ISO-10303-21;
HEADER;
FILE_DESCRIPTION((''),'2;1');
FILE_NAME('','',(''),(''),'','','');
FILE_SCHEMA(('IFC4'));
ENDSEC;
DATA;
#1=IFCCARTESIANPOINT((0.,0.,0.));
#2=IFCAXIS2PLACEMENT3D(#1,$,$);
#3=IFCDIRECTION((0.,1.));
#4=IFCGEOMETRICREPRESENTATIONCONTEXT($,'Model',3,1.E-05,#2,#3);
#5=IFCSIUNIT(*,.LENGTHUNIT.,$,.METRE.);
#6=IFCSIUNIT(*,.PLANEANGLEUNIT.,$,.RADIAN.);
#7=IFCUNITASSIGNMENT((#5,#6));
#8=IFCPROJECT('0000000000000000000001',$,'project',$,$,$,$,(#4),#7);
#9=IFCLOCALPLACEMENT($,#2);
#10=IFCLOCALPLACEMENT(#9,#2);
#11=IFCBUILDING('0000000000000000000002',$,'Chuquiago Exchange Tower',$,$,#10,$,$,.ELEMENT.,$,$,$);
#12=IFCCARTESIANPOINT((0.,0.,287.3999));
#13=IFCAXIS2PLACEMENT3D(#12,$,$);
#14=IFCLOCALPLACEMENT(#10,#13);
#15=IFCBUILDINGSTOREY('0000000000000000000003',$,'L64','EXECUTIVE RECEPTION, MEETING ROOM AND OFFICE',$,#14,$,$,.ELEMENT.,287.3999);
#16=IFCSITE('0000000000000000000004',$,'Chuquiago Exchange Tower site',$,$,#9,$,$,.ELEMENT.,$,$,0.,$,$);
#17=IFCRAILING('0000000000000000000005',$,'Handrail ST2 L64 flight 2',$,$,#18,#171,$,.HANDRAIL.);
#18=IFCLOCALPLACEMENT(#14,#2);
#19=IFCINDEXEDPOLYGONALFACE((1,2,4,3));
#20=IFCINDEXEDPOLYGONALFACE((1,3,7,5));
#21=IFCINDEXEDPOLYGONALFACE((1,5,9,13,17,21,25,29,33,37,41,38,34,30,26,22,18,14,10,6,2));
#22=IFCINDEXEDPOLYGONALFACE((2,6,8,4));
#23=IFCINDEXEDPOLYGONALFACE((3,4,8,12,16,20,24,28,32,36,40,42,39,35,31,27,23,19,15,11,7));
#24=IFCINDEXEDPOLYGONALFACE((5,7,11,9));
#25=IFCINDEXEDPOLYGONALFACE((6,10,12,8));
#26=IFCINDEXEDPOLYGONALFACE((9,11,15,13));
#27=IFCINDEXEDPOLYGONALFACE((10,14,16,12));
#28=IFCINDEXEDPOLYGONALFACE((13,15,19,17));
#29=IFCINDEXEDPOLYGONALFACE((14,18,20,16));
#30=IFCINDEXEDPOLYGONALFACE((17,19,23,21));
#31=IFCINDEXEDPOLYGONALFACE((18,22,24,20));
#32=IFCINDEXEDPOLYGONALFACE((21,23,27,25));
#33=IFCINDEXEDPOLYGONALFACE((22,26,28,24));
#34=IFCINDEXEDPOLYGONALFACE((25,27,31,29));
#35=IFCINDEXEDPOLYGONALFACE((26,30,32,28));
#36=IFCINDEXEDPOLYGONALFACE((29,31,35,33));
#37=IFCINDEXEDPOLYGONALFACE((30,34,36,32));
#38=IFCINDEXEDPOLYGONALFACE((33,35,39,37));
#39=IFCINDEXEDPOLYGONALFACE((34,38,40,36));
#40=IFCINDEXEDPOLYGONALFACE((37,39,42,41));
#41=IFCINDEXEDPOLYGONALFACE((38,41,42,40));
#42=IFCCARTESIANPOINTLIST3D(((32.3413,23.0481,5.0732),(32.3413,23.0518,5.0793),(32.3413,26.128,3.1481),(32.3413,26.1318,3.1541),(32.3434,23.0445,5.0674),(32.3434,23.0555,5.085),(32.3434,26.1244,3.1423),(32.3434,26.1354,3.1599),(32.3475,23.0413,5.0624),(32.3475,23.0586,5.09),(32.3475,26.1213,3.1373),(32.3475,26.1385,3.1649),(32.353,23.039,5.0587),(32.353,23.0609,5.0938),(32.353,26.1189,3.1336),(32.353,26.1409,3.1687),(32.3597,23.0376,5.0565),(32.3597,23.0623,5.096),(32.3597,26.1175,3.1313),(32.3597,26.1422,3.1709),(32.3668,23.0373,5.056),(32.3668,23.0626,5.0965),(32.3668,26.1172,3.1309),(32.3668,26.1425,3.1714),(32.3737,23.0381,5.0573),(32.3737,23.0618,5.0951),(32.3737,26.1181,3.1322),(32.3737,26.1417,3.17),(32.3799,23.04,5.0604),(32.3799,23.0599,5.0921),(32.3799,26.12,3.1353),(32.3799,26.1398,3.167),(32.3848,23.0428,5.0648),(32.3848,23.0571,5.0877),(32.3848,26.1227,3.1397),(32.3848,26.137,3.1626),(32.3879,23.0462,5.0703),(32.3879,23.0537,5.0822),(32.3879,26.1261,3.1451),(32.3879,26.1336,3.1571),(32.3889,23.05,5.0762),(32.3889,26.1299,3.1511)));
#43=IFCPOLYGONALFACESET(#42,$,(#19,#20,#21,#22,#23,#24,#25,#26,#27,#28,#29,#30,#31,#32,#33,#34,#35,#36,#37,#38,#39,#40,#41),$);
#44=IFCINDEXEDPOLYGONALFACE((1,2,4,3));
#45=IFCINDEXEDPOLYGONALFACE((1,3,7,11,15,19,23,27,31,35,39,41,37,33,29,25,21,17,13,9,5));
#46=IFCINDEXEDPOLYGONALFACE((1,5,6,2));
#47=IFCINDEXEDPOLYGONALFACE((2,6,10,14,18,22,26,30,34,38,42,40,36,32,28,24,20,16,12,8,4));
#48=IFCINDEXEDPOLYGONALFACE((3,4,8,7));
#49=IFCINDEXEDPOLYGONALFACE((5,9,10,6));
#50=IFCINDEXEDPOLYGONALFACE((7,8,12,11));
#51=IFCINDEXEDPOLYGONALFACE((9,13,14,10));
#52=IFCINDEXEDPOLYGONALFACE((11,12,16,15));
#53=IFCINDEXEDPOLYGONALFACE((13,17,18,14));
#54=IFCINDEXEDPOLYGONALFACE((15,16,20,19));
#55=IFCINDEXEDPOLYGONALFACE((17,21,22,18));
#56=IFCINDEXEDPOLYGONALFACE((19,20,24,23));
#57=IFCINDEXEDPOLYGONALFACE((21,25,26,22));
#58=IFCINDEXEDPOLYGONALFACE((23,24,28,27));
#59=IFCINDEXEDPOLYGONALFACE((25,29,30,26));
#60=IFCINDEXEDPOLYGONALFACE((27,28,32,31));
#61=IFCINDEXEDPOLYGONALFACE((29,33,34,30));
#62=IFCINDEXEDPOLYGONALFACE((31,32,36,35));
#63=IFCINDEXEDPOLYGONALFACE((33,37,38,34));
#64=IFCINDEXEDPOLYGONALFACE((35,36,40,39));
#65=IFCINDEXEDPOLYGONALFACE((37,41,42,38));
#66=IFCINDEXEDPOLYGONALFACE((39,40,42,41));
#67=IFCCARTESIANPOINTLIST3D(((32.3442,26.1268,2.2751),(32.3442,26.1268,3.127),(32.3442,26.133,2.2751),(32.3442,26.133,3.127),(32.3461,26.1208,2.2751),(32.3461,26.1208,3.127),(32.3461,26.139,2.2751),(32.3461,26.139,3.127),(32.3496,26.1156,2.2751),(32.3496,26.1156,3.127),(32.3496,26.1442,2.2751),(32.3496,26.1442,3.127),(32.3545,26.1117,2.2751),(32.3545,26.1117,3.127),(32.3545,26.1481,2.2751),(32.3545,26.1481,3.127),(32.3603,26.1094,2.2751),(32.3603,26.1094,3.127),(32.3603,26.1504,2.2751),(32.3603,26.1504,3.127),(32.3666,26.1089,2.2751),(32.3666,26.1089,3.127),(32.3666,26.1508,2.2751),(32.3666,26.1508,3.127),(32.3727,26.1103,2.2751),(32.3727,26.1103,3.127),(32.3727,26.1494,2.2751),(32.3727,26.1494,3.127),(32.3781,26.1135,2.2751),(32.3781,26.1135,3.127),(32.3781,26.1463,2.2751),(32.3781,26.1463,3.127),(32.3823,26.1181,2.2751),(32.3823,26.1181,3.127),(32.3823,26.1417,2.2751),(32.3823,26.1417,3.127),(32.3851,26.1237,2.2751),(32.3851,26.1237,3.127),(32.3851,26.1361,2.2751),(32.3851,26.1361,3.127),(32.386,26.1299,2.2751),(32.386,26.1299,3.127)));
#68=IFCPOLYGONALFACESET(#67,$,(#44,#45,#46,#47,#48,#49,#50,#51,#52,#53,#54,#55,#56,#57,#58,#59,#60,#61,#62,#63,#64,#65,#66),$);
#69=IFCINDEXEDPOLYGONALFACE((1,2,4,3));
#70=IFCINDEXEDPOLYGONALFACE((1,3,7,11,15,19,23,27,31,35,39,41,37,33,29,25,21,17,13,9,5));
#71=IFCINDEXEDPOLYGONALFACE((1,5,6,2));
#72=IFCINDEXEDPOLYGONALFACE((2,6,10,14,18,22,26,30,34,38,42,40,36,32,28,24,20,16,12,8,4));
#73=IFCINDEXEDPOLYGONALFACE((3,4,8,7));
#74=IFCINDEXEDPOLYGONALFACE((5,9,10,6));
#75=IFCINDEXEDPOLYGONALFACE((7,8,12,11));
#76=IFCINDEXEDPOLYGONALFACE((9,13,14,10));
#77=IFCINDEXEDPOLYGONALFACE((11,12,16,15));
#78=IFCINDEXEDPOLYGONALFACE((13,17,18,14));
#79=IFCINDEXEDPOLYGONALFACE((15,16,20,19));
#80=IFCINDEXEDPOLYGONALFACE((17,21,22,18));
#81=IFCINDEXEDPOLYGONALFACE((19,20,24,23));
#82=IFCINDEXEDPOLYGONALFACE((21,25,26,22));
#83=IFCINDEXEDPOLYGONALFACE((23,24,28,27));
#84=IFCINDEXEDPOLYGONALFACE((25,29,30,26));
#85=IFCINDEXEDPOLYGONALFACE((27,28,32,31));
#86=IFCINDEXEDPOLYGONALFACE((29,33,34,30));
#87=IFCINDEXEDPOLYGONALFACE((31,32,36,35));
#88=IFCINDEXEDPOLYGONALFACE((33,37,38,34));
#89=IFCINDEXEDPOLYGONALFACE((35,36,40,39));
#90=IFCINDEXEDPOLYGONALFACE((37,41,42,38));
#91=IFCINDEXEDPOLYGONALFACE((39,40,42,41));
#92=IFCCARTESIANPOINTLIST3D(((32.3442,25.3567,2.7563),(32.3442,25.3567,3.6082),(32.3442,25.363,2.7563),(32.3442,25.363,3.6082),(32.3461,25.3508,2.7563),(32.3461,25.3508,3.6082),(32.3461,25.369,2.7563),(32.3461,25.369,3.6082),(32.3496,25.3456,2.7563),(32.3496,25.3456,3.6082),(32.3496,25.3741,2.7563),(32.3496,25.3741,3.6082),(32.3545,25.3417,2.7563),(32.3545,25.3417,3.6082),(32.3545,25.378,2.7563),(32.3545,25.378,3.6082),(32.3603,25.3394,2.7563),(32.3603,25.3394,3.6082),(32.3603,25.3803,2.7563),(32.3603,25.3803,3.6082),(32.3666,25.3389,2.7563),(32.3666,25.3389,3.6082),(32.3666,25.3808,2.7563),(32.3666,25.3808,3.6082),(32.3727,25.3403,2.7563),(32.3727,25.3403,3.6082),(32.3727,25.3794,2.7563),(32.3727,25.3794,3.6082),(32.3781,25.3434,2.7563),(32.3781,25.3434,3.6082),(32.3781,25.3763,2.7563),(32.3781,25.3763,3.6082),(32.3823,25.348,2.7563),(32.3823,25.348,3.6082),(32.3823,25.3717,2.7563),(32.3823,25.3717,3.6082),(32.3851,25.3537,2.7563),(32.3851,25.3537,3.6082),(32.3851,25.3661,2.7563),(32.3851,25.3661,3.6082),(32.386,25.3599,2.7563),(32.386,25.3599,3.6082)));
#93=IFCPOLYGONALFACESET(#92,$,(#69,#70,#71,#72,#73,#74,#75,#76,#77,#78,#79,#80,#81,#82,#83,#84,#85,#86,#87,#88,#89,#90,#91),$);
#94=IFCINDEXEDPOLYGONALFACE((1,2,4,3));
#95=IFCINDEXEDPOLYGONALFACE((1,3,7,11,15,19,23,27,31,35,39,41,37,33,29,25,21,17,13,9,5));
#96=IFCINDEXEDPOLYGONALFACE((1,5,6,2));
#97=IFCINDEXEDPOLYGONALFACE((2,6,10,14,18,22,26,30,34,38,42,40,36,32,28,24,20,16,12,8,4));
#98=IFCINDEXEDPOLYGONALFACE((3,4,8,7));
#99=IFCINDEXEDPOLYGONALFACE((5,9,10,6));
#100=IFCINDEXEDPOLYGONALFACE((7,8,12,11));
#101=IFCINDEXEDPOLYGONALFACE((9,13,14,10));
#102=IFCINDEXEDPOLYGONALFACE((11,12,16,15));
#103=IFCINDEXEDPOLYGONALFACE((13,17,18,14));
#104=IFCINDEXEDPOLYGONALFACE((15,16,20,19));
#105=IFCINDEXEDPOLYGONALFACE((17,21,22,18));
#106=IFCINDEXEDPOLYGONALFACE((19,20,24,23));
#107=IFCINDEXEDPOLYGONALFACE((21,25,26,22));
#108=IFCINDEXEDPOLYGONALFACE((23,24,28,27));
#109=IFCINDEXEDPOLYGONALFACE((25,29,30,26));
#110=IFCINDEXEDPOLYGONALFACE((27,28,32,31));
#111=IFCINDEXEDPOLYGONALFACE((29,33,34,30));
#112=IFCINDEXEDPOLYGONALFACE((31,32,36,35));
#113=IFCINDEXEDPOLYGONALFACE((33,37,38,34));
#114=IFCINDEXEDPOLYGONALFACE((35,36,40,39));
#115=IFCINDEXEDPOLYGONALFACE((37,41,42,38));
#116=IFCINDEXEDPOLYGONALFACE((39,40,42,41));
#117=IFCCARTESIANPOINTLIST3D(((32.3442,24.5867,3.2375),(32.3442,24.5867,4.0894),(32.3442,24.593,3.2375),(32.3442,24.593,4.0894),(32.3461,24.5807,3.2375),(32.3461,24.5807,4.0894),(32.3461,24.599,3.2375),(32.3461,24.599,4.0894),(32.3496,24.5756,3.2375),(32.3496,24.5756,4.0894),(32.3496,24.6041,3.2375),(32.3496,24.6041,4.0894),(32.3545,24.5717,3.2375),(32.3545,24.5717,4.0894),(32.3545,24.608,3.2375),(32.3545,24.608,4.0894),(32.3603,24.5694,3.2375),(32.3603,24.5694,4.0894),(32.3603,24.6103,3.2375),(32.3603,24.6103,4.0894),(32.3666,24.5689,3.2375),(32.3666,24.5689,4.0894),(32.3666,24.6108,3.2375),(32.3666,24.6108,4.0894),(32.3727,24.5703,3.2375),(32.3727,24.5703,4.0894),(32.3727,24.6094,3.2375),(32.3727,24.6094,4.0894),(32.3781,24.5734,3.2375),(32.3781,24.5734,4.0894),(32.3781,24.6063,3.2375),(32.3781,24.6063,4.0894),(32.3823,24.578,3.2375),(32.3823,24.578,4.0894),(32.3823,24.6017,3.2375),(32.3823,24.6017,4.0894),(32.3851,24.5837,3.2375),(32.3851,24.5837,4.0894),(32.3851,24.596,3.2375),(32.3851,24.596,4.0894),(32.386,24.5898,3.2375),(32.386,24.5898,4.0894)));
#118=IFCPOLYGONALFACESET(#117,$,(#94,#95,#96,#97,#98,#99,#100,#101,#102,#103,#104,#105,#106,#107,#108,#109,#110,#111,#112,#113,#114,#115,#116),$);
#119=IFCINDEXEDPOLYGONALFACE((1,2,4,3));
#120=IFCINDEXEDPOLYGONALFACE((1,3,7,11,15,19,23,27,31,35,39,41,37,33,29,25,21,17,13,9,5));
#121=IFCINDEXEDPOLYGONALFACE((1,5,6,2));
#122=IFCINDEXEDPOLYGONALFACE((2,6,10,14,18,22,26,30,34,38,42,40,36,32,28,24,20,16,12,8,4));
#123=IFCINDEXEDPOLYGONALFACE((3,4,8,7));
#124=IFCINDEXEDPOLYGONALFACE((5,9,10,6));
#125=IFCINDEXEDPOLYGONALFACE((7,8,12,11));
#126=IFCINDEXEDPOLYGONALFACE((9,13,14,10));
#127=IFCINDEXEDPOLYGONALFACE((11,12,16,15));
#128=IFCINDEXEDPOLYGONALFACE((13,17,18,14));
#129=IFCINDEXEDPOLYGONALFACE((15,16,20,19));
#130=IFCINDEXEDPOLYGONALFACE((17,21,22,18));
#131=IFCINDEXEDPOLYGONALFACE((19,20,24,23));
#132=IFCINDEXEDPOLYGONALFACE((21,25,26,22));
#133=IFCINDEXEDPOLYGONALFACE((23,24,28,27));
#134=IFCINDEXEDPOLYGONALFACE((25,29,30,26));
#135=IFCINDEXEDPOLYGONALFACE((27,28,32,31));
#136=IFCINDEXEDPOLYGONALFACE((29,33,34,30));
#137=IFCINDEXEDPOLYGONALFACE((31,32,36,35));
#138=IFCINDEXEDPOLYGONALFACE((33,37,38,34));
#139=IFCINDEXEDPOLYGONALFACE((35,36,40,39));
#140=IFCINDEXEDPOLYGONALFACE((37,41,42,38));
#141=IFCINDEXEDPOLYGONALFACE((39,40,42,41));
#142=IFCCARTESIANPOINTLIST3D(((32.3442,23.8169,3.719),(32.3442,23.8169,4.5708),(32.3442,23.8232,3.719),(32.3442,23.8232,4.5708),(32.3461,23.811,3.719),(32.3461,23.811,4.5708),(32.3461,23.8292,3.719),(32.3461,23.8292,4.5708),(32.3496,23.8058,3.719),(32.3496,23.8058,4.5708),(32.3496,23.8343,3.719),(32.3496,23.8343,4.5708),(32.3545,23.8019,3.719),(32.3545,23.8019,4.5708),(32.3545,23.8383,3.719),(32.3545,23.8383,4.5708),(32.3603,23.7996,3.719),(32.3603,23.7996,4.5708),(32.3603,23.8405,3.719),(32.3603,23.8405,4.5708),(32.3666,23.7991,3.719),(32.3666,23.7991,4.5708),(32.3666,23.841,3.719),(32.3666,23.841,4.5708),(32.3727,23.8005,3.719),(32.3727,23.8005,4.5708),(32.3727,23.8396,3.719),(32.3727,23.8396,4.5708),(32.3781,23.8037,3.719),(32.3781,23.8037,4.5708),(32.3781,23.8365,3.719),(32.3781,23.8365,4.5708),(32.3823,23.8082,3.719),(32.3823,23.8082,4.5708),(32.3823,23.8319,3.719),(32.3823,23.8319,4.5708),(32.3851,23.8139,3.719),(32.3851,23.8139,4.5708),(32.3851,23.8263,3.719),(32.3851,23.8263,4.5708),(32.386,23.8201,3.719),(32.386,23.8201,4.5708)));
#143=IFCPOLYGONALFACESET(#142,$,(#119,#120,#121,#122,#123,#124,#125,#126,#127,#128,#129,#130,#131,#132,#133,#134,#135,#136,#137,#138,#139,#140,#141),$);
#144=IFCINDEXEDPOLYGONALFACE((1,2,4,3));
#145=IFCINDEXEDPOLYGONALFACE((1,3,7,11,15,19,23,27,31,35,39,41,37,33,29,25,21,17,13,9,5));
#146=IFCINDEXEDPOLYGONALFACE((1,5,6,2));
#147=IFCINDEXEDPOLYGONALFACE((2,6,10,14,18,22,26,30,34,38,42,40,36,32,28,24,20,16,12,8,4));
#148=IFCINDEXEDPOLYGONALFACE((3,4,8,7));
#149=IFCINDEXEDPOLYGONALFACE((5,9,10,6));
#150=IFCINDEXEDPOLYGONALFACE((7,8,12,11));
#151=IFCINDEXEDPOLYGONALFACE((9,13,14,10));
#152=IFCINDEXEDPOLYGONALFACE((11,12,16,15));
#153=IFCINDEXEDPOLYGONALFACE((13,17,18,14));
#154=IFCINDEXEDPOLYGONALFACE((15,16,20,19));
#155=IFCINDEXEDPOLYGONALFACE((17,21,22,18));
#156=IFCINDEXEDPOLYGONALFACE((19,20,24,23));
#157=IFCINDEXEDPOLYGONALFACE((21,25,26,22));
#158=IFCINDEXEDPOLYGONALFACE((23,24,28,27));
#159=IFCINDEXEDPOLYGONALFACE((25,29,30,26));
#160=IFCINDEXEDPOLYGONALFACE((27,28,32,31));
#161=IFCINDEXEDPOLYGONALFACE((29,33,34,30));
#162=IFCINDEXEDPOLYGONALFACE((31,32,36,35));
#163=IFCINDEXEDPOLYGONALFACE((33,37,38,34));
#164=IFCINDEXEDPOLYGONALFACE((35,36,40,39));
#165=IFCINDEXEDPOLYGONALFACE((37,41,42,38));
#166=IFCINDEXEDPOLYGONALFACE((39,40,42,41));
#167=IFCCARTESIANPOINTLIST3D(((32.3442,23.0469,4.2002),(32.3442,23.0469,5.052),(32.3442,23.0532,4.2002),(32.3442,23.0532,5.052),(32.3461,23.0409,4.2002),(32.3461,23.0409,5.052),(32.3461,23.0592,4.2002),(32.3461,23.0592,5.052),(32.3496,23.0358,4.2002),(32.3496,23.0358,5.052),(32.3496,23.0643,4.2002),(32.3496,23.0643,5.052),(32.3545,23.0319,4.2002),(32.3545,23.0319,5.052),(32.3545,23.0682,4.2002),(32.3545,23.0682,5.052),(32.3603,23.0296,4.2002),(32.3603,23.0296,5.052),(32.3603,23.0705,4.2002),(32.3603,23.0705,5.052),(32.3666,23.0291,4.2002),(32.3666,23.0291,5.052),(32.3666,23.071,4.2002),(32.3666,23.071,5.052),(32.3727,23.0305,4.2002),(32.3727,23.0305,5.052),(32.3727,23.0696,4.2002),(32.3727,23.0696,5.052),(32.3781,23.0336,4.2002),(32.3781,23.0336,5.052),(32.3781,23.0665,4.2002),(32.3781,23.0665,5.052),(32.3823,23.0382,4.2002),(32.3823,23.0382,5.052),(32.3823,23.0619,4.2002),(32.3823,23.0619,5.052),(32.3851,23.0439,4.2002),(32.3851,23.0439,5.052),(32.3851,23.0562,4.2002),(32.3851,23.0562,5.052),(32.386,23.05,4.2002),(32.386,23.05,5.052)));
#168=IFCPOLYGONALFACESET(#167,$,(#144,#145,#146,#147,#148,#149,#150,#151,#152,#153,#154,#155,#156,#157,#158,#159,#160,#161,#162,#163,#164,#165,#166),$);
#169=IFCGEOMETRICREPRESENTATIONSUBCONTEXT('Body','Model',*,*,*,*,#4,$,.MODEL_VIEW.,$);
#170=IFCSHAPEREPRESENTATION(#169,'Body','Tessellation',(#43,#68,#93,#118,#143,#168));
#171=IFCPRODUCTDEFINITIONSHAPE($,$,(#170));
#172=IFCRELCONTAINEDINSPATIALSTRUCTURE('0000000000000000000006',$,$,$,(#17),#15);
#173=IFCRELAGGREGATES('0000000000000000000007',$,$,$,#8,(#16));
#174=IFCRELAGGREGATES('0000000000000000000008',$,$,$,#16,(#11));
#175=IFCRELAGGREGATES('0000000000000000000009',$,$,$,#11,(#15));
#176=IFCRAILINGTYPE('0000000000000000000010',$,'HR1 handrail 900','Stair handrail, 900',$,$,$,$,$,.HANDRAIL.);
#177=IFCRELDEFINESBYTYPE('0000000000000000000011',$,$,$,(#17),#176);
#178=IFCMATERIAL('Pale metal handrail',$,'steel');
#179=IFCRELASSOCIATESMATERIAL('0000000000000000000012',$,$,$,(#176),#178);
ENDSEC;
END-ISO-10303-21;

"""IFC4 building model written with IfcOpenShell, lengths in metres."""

from ifc_helpers import new_model, si_unit, direction, frame, origin, origin_2d, place, context, subcontext, project, spatial, circle, extrude, material, type_object, element, save


model = new_model("IFC4")

# Units and contexts
model_context = context("Model", 3, precision=1e-05, world=origin(), true_north=direction((0.0, 1.0)))
body_context = subcontext(model_context, "Body", "Model", "MODEL_VIEW")
ifc_project = project(units=[si_unit("LENGTHUNIT", "METRE"), si_unit("PLANEANGLEUNIT", "RADIAN")], contexts=[model_context])

# Site, building, storey
site_placement = place(None, origin())
site = spatial("IfcSite", under=ifc_project, at=site_placement, Name="Chuquiago Exchange Tower site", CompositionType="ELEMENT", RefElevation=0.0)
building_placement = place(site_placement, origin())
building = spatial("IfcBuilding", under=site, at=building_placement, Name="Chuquiago Exchange Tower", CompositionType="ELEMENT")
storey_placement = place(building_placement, frame((0.0, 0.0, 287.3999)))
storey = spatial("IfcBuildingStorey", under=building, at=storey_placement, Name="L64", Description="EXECUTIVE RECEPTION, MEETING ROOM AND OFFICE", CompositionType="ELEMENT", Elevation=287.3999)

# Railing
ifc_material_1 = material(Name="Pale metal handrail", Category="steel")
railing_type_1 = type_object("IfcRailingType", Name="HR1 handrail 900", Description="Stair handrail, 900", PredefinedType="HANDRAIL", material=ifc_material_1)
for number, where, name in (
    (1, (32.365, 26.1299, 2.2751), "Handrail ST2 L64 flight 2"),
):
    element("IfcRailing", number, at=place(storey_placement, frame(where)), inside=storey, type_object=railing_type_1, Name=name, PredefinedType="HANDRAIL", context=body_context, shape_type="SweptSolid", body=[
        extrude(circle(Radius=0.0239, at=origin_2d()), frame((0.0, 0.0, 0.876), z_axis=(0.0, -0.847979, 0.530029), x_axis=(1.0, 0.0, 0.0)), (0.0, 0.0, 1.0), 3.6321),
        extrude(circle(Radius=0.021, at=origin_2d()), origin(), (0.0, 0.0, 1.0), 0.8518),
        extrude(circle(Radius=0.021, at=origin_2d()), frame((0.0, -0.77, 0.4812)), (0.0, 0.0, 1.0), 0.8518),
        extrude(circle(Radius=0.021, at=origin_2d()), frame((0.0, -1.54, 0.9624)), (0.0, 0.0, 1.0), 0.8518),
        extrude(circle(Radius=0.021, at=origin_2d()), frame((0.0, -2.3098, 1.4438)), (0.0, 0.0, 1.0), 0.8518),
        extrude(circle(Radius=0.021, at=origin_2d()), frame((0.0, -3.0798, 1.925)), (0.0, 0.0, 1.0), 0.8518),
    ])

save(model, "model.ifc")
